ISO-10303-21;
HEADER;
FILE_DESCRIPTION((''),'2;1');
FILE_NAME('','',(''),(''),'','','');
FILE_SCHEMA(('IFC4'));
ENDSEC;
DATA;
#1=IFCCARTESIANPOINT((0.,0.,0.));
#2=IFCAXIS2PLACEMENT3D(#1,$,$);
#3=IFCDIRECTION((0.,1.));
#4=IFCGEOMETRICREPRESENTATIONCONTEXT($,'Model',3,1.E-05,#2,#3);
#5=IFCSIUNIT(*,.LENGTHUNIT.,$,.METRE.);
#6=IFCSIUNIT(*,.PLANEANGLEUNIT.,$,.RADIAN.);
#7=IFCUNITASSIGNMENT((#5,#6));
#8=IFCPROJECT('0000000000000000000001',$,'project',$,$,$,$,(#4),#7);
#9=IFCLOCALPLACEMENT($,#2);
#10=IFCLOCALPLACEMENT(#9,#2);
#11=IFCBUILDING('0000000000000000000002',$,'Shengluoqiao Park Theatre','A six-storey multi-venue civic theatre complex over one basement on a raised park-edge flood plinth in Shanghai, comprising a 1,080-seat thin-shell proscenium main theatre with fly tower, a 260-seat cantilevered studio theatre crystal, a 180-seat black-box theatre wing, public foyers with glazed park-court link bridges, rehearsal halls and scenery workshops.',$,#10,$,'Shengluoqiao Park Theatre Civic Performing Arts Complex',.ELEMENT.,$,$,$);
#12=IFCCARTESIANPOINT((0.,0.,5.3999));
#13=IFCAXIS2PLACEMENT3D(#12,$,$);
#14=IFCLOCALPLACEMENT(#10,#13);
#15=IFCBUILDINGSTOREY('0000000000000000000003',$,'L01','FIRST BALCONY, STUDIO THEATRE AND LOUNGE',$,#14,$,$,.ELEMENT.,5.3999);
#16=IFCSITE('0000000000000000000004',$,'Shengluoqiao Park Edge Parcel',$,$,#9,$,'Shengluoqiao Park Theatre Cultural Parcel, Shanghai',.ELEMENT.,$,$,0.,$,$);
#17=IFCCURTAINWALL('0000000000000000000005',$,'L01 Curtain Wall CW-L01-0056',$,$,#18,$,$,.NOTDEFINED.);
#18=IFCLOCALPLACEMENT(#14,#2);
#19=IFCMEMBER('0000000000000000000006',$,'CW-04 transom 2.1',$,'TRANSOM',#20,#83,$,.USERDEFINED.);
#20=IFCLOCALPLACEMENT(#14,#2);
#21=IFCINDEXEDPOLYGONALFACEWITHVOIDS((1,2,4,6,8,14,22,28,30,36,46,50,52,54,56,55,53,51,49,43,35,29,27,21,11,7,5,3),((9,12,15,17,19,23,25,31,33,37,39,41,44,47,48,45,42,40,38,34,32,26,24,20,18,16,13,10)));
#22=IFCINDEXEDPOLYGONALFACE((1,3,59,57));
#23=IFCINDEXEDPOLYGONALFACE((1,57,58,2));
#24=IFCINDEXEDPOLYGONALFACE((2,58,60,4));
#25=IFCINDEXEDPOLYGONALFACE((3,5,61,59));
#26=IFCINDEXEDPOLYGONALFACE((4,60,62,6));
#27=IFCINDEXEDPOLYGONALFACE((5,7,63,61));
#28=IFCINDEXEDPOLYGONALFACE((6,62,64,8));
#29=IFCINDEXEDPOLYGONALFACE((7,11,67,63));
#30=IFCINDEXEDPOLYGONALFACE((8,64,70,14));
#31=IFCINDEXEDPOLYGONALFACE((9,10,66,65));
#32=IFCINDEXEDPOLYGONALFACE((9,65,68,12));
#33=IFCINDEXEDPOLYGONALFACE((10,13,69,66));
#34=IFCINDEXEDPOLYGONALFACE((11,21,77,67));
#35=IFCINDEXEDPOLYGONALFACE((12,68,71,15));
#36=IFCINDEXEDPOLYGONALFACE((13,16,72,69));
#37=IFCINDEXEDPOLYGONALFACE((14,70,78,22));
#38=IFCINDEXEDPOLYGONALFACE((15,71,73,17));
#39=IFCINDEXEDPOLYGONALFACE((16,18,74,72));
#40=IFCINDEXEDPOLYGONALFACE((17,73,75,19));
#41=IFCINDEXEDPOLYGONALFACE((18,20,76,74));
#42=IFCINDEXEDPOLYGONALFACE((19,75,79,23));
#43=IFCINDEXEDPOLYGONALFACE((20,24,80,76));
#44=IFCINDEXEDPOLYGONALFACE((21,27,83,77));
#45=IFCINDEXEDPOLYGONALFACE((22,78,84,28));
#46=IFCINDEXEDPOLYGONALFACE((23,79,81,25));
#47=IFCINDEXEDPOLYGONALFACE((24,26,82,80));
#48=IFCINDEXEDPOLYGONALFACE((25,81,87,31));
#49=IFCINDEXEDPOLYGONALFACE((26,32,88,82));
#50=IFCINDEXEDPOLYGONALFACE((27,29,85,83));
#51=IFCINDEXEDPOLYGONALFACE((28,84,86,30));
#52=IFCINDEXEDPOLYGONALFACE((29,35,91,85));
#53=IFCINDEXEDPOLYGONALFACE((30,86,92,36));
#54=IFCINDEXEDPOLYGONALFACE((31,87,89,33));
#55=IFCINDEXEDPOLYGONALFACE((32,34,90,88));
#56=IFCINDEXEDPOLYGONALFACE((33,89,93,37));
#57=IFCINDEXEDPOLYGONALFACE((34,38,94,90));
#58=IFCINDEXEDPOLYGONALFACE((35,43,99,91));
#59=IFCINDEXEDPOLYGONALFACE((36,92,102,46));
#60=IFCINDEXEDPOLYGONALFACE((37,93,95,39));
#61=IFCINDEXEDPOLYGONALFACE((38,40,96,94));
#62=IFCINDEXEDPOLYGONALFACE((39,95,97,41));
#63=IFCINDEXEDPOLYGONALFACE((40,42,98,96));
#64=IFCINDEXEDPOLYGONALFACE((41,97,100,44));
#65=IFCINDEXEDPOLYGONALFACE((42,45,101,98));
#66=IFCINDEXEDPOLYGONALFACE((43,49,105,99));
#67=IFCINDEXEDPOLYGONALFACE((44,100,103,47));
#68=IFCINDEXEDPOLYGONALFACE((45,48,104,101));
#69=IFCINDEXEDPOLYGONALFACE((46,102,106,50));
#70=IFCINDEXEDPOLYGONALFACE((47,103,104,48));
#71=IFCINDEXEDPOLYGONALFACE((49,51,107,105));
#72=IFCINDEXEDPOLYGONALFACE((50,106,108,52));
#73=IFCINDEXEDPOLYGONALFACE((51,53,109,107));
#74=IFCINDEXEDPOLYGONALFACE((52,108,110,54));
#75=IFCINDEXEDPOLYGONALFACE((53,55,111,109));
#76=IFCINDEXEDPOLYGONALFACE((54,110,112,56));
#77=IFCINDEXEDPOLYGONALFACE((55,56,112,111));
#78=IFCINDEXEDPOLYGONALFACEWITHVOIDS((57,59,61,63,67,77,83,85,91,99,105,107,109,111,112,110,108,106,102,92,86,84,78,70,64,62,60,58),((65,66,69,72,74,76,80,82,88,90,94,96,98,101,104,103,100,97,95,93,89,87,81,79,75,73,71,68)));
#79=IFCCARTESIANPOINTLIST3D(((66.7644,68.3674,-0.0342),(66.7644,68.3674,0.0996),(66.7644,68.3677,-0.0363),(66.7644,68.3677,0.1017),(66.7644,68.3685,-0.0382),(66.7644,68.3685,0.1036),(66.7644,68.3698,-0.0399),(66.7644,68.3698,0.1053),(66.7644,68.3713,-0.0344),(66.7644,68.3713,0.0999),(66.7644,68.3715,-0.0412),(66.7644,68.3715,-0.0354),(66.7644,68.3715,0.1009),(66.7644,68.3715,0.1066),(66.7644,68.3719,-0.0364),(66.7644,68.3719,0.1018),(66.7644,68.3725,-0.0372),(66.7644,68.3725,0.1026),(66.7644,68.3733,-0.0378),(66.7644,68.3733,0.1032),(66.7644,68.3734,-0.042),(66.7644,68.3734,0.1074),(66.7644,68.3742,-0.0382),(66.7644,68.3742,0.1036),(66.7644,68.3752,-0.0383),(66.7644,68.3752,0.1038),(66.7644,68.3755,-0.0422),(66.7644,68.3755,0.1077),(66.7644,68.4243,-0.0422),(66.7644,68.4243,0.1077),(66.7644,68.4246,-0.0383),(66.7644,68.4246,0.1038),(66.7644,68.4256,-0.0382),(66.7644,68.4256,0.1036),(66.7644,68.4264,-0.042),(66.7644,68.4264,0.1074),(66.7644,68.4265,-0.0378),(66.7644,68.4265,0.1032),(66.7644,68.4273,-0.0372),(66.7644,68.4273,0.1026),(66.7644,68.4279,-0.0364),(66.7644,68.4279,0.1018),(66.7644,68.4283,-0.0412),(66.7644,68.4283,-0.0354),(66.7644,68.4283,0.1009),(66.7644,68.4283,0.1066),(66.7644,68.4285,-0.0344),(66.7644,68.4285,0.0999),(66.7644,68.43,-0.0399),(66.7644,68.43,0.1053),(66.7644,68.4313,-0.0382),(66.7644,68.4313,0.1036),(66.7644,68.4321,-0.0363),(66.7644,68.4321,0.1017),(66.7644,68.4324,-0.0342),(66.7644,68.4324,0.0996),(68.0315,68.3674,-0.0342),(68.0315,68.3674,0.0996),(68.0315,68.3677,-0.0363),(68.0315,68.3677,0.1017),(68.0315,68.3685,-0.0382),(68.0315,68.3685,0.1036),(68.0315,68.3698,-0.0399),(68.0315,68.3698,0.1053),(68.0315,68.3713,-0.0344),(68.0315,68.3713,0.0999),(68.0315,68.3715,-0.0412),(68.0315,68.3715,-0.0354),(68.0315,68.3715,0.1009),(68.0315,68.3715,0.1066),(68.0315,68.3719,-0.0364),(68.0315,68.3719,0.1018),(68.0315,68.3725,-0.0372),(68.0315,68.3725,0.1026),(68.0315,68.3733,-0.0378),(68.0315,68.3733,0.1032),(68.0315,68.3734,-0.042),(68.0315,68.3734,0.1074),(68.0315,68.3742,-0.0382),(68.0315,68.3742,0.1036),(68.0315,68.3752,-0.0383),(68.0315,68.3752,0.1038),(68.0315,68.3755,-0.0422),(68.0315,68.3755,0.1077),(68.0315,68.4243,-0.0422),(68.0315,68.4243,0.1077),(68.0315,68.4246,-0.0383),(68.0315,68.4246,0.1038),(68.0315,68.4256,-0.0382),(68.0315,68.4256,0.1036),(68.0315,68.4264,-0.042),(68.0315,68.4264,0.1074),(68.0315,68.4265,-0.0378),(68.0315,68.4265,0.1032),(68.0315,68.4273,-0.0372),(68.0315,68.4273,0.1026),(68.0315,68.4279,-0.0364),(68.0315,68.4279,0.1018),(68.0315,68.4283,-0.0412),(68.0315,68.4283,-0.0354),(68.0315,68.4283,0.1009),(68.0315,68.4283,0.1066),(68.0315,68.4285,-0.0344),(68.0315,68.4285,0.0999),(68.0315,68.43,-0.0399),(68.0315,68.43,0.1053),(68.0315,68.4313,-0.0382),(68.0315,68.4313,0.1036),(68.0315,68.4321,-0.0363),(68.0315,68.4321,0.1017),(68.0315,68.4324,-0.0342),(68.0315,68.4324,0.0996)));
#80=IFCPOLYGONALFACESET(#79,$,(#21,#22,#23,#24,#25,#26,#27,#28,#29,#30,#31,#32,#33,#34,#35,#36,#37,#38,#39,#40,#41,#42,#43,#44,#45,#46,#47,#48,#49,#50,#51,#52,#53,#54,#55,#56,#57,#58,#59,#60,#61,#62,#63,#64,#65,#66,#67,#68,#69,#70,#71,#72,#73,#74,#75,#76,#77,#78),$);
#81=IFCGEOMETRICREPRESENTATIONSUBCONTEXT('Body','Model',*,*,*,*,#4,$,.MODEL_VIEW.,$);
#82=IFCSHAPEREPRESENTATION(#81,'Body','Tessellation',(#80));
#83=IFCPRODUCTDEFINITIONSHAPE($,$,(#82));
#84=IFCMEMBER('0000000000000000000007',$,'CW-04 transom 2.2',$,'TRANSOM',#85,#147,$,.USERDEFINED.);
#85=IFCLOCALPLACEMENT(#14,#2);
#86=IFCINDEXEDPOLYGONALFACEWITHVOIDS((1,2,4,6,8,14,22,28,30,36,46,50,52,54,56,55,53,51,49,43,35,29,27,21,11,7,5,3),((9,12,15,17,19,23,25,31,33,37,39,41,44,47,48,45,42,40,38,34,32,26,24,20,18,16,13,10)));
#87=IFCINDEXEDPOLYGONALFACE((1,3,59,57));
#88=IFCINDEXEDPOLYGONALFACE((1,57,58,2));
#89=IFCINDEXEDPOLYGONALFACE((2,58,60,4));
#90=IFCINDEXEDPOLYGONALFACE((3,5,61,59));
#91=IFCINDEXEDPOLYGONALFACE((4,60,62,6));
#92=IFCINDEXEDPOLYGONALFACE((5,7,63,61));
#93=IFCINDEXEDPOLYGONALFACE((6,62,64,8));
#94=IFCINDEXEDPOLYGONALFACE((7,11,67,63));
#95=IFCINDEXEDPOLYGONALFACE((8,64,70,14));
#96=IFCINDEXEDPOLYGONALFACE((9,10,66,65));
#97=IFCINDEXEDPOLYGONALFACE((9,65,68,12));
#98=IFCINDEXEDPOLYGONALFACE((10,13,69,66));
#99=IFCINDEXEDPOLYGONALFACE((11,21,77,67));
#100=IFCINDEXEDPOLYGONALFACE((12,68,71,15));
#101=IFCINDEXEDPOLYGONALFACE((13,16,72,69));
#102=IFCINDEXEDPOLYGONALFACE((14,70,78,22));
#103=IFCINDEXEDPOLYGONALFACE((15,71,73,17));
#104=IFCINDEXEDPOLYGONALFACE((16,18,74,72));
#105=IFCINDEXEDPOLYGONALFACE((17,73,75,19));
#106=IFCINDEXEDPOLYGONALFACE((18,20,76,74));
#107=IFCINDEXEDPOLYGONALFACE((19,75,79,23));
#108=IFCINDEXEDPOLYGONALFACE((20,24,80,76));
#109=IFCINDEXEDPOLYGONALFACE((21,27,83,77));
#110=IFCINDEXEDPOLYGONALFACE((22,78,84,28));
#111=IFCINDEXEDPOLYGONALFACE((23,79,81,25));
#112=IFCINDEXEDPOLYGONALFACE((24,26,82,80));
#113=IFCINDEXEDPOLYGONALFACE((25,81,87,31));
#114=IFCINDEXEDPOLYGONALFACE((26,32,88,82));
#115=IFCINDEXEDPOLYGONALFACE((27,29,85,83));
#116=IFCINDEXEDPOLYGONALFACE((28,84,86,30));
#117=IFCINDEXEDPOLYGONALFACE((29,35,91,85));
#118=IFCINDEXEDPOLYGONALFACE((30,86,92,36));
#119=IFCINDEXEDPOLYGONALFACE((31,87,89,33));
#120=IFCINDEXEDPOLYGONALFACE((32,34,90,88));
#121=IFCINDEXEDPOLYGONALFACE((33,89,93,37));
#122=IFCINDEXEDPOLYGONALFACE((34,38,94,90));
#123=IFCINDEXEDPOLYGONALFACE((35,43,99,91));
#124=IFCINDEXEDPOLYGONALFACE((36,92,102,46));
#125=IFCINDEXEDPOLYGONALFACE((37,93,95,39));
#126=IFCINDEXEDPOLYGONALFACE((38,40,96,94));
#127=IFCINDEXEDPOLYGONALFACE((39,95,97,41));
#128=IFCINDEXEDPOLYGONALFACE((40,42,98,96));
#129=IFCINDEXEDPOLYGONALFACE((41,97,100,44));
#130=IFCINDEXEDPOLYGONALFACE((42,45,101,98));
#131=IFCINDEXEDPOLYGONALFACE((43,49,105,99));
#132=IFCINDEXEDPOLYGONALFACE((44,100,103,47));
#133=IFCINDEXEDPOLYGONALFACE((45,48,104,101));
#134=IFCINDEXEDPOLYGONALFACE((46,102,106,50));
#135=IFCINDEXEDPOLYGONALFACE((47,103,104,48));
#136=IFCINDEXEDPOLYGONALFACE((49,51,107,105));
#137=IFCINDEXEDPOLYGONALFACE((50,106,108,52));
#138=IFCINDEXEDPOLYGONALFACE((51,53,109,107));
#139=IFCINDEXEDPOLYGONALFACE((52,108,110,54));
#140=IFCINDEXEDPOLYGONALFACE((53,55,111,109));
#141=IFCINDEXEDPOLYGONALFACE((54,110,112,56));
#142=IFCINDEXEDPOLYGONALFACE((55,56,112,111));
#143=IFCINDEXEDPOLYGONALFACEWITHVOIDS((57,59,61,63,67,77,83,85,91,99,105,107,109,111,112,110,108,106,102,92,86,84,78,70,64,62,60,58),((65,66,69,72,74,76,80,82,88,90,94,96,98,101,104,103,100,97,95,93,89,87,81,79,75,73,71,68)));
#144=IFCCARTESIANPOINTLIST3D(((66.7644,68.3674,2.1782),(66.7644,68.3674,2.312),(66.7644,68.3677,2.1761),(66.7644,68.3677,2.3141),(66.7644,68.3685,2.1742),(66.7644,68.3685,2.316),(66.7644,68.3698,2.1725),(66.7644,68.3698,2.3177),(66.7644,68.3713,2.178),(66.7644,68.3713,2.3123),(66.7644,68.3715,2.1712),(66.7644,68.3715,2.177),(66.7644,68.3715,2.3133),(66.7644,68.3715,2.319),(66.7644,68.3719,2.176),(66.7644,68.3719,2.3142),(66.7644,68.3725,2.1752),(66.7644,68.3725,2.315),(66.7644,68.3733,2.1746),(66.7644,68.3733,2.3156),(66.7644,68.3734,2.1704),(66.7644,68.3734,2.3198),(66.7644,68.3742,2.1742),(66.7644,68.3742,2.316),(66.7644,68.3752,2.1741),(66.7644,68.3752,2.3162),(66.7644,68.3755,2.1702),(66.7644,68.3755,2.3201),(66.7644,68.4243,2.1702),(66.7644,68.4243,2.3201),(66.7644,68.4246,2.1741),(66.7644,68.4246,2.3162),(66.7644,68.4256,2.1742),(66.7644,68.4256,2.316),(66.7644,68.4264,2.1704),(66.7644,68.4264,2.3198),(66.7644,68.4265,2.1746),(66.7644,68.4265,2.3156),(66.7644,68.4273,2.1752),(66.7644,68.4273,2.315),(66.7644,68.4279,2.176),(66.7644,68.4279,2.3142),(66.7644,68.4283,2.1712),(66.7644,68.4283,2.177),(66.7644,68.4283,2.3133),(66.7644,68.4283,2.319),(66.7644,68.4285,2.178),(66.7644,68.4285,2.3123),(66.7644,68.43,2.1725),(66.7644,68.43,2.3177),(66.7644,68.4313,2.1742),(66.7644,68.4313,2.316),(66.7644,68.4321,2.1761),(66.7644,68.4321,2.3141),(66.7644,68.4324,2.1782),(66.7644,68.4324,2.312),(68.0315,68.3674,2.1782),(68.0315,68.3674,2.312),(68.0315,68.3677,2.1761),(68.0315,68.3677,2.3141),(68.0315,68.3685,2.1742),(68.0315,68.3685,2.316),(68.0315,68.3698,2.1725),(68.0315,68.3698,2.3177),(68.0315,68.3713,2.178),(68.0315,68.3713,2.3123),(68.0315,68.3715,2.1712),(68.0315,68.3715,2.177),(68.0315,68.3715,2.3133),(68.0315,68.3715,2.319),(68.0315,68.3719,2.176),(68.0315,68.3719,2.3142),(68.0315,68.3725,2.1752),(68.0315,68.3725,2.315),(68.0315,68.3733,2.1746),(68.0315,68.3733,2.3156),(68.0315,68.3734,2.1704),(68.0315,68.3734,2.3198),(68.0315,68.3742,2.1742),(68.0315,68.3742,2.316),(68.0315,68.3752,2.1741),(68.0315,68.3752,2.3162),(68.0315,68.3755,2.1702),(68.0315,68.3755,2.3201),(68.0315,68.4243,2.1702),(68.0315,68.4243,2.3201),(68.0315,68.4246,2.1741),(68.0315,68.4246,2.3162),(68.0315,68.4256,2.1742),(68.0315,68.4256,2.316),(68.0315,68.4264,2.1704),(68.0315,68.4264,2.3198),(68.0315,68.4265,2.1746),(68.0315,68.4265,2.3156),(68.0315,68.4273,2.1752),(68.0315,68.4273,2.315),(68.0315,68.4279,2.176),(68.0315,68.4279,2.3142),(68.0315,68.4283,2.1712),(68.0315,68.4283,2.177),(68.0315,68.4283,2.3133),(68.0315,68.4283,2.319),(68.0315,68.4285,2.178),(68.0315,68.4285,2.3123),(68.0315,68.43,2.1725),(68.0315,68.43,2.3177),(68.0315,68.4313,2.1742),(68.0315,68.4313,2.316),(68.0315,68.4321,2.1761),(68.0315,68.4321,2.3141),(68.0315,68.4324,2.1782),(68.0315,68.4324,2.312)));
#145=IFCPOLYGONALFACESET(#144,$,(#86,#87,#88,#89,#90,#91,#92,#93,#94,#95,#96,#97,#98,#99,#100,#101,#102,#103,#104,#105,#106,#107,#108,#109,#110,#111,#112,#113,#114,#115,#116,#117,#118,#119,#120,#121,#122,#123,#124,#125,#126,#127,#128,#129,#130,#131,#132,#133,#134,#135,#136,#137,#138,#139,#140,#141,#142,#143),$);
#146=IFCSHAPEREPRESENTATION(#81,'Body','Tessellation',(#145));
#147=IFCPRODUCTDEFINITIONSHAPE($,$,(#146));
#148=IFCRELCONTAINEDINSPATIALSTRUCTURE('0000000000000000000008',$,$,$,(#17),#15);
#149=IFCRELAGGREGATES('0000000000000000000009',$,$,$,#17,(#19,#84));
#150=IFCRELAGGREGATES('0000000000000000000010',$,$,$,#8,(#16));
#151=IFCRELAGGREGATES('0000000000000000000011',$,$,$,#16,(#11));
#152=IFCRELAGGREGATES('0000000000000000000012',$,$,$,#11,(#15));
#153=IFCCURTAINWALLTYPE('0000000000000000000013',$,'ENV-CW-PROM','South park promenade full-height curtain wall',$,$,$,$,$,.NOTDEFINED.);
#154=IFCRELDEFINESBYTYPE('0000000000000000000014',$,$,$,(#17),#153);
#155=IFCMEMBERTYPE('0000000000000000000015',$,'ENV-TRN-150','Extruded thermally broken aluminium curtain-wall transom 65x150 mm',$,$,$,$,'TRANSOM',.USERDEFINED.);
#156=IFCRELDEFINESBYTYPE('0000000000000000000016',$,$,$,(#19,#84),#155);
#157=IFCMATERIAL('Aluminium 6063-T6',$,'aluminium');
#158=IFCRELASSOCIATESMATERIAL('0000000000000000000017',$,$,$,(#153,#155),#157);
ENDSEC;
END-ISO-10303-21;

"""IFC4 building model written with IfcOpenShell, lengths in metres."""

from ifc_helpers import new_model, si_unit, direction, frame, origin, origin_2d, place, context, subcontext, project, spatial, hollow_rectangle, extrude, material, material_profile, profile_set, type_object, element, aggregate, save


model = new_model("IFC4")

# Units and contexts
model_context = context("Model", 3, precision=1e-05, world=origin(), true_north=direction((0.0, 1.0)))
body_context = subcontext(model_context, "Body", "Model", "MODEL_VIEW")
ifc_project = project(units=[si_unit("LENGTHUNIT", "METRE"), si_unit("PLANEANGLEUNIT", "RADIAN")], contexts=[model_context])

# Site, building, storey
site_placement = place(None, origin())
site = spatial("IfcSite", under=ifc_project, at=site_placement, Name="Shengluoqiao Park Edge Parcel", LongName="Shengluoqiao Park Theatre Cultural Parcel, Shanghai", CompositionType="ELEMENT", RefElevation=0.0)
building_placement = place(site_placement, origin())
building = spatial("IfcBuilding", under=site, at=building_placement, Name="Shengluoqiao Park Theatre", Description="A six-storey multi-venue civic theatre complex over one basement on a raised park-edge flood plinth in Shanghai, comprising a 1,080-seat thin-shell proscenium main theatre with fly tower, a 260-seat cantilevered studio theatre crystal, a 180-seat black-box theatre wing, public foyers with glazed park-court link bridges, rehearsal halls and scenery workshops.", LongName="Shengluoqiao Park Theatre Civic Performing Arts Complex", CompositionType="ELEMENT")
storey_placement = place(building_placement, frame((0.0, 0.0, 5.3999)))
storey = spatial("IfcBuildingStorey", under=building, at=storey_placement, Name="L01", Description="FIRST BALCONY, STUDIO THEATRE AND LOUNGE", CompositionType="ELEMENT", Elevation=5.3999)

# Curtain wall
ifc_material_1 = material(Name="Aluminium 6063-T6", Category="aluminium")
curtain_wall_type = type_object("IfcCurtainWallType", Name="ENV-CW-PROM", Description="South park promenade full-height curtain wall", PredefinedType="NOTDEFINED", material=ifc_material_1)
curtain_wall_1_placement = place(storey_placement, origin())
curtain_wall_1 = element("IfcCurtainWall", 1, at=curtain_wall_1_placement, inside=storey, type_object=curtain_wall_type, Name="L01 Curtain Wall CW-L01-0056", PredefinedType="NOTDEFINED")

# Members
ifc_material_profile_1 = material_profile(ifc_material_1, hollow_rectangle(XDim=0.0649, YDim=0.1499, WallThickness=0.0039, InnerFilletRadius=0.0039, OuterFilletRadius=0.0081, at=origin_2d()), Name="ALU TRANSOM 150x65x4")
ifc_profile_set_1 = profile_set([ifc_material_profile_1], Name="Aluminium 6063-T6")
member_type_1 = type_object("IfcMemberType", Name="ENV-TRN-150", Description="Extruded thermally broken aluminium curtain-wall transom 65x150 mm", ElementType="TRANSOM", PredefinedType="USERDEFINED", material=ifc_profile_set_1)
member_1_placement = place(storey_placement, frame((66.7644, 68.3999, 0.0327), z_axis=(1.0, 0.0, 0.0), x_axis=(0.0, 1.0, 0.0)))
member_1 = element("IfcMember", 2, at=member_1_placement, type_object=member_type_1, Name="CW-04 transom 2.1", ObjectType="TRANSOM", PredefinedType="USERDEFINED", context=body_context, shape_type="SweptSolid", body=[
    extrude(hollow_rectangle(XDim=0.0649, YDim=0.1499, WallThickness=0.0039, InnerFilletRadius=0.0039, OuterFilletRadius=0.0081, at=origin_2d()), origin(), (0.0, 0.0, 1.0), 1.2671),
])
member_2_placement = place(storey_placement, frame((66.7644, 68.3999, 2.2451), z_axis=(1.0, 0.0, 0.0), x_axis=(0.0, 1.0, 0.0)))
member_2 = element("IfcMember", 3, at=member_2_placement, type_object=member_type_1, Name="CW-04 transom 2.2", ObjectType="TRANSOM", PredefinedType="USERDEFINED", context=body_context, shape_type="SweptSolid", body=[
    extrude(hollow_rectangle(XDim=0.0649, YDim=0.1499, WallThickness=0.0039, InnerFilletRadius=0.0039, OuterFilletRadius=0.0081, at=origin_2d()), origin(), (0.0, 0.0, 1.0), 1.2671),
])

aggregate(curtain_wall_1, [member_1, member_2])

save(model, "model.ifc")
